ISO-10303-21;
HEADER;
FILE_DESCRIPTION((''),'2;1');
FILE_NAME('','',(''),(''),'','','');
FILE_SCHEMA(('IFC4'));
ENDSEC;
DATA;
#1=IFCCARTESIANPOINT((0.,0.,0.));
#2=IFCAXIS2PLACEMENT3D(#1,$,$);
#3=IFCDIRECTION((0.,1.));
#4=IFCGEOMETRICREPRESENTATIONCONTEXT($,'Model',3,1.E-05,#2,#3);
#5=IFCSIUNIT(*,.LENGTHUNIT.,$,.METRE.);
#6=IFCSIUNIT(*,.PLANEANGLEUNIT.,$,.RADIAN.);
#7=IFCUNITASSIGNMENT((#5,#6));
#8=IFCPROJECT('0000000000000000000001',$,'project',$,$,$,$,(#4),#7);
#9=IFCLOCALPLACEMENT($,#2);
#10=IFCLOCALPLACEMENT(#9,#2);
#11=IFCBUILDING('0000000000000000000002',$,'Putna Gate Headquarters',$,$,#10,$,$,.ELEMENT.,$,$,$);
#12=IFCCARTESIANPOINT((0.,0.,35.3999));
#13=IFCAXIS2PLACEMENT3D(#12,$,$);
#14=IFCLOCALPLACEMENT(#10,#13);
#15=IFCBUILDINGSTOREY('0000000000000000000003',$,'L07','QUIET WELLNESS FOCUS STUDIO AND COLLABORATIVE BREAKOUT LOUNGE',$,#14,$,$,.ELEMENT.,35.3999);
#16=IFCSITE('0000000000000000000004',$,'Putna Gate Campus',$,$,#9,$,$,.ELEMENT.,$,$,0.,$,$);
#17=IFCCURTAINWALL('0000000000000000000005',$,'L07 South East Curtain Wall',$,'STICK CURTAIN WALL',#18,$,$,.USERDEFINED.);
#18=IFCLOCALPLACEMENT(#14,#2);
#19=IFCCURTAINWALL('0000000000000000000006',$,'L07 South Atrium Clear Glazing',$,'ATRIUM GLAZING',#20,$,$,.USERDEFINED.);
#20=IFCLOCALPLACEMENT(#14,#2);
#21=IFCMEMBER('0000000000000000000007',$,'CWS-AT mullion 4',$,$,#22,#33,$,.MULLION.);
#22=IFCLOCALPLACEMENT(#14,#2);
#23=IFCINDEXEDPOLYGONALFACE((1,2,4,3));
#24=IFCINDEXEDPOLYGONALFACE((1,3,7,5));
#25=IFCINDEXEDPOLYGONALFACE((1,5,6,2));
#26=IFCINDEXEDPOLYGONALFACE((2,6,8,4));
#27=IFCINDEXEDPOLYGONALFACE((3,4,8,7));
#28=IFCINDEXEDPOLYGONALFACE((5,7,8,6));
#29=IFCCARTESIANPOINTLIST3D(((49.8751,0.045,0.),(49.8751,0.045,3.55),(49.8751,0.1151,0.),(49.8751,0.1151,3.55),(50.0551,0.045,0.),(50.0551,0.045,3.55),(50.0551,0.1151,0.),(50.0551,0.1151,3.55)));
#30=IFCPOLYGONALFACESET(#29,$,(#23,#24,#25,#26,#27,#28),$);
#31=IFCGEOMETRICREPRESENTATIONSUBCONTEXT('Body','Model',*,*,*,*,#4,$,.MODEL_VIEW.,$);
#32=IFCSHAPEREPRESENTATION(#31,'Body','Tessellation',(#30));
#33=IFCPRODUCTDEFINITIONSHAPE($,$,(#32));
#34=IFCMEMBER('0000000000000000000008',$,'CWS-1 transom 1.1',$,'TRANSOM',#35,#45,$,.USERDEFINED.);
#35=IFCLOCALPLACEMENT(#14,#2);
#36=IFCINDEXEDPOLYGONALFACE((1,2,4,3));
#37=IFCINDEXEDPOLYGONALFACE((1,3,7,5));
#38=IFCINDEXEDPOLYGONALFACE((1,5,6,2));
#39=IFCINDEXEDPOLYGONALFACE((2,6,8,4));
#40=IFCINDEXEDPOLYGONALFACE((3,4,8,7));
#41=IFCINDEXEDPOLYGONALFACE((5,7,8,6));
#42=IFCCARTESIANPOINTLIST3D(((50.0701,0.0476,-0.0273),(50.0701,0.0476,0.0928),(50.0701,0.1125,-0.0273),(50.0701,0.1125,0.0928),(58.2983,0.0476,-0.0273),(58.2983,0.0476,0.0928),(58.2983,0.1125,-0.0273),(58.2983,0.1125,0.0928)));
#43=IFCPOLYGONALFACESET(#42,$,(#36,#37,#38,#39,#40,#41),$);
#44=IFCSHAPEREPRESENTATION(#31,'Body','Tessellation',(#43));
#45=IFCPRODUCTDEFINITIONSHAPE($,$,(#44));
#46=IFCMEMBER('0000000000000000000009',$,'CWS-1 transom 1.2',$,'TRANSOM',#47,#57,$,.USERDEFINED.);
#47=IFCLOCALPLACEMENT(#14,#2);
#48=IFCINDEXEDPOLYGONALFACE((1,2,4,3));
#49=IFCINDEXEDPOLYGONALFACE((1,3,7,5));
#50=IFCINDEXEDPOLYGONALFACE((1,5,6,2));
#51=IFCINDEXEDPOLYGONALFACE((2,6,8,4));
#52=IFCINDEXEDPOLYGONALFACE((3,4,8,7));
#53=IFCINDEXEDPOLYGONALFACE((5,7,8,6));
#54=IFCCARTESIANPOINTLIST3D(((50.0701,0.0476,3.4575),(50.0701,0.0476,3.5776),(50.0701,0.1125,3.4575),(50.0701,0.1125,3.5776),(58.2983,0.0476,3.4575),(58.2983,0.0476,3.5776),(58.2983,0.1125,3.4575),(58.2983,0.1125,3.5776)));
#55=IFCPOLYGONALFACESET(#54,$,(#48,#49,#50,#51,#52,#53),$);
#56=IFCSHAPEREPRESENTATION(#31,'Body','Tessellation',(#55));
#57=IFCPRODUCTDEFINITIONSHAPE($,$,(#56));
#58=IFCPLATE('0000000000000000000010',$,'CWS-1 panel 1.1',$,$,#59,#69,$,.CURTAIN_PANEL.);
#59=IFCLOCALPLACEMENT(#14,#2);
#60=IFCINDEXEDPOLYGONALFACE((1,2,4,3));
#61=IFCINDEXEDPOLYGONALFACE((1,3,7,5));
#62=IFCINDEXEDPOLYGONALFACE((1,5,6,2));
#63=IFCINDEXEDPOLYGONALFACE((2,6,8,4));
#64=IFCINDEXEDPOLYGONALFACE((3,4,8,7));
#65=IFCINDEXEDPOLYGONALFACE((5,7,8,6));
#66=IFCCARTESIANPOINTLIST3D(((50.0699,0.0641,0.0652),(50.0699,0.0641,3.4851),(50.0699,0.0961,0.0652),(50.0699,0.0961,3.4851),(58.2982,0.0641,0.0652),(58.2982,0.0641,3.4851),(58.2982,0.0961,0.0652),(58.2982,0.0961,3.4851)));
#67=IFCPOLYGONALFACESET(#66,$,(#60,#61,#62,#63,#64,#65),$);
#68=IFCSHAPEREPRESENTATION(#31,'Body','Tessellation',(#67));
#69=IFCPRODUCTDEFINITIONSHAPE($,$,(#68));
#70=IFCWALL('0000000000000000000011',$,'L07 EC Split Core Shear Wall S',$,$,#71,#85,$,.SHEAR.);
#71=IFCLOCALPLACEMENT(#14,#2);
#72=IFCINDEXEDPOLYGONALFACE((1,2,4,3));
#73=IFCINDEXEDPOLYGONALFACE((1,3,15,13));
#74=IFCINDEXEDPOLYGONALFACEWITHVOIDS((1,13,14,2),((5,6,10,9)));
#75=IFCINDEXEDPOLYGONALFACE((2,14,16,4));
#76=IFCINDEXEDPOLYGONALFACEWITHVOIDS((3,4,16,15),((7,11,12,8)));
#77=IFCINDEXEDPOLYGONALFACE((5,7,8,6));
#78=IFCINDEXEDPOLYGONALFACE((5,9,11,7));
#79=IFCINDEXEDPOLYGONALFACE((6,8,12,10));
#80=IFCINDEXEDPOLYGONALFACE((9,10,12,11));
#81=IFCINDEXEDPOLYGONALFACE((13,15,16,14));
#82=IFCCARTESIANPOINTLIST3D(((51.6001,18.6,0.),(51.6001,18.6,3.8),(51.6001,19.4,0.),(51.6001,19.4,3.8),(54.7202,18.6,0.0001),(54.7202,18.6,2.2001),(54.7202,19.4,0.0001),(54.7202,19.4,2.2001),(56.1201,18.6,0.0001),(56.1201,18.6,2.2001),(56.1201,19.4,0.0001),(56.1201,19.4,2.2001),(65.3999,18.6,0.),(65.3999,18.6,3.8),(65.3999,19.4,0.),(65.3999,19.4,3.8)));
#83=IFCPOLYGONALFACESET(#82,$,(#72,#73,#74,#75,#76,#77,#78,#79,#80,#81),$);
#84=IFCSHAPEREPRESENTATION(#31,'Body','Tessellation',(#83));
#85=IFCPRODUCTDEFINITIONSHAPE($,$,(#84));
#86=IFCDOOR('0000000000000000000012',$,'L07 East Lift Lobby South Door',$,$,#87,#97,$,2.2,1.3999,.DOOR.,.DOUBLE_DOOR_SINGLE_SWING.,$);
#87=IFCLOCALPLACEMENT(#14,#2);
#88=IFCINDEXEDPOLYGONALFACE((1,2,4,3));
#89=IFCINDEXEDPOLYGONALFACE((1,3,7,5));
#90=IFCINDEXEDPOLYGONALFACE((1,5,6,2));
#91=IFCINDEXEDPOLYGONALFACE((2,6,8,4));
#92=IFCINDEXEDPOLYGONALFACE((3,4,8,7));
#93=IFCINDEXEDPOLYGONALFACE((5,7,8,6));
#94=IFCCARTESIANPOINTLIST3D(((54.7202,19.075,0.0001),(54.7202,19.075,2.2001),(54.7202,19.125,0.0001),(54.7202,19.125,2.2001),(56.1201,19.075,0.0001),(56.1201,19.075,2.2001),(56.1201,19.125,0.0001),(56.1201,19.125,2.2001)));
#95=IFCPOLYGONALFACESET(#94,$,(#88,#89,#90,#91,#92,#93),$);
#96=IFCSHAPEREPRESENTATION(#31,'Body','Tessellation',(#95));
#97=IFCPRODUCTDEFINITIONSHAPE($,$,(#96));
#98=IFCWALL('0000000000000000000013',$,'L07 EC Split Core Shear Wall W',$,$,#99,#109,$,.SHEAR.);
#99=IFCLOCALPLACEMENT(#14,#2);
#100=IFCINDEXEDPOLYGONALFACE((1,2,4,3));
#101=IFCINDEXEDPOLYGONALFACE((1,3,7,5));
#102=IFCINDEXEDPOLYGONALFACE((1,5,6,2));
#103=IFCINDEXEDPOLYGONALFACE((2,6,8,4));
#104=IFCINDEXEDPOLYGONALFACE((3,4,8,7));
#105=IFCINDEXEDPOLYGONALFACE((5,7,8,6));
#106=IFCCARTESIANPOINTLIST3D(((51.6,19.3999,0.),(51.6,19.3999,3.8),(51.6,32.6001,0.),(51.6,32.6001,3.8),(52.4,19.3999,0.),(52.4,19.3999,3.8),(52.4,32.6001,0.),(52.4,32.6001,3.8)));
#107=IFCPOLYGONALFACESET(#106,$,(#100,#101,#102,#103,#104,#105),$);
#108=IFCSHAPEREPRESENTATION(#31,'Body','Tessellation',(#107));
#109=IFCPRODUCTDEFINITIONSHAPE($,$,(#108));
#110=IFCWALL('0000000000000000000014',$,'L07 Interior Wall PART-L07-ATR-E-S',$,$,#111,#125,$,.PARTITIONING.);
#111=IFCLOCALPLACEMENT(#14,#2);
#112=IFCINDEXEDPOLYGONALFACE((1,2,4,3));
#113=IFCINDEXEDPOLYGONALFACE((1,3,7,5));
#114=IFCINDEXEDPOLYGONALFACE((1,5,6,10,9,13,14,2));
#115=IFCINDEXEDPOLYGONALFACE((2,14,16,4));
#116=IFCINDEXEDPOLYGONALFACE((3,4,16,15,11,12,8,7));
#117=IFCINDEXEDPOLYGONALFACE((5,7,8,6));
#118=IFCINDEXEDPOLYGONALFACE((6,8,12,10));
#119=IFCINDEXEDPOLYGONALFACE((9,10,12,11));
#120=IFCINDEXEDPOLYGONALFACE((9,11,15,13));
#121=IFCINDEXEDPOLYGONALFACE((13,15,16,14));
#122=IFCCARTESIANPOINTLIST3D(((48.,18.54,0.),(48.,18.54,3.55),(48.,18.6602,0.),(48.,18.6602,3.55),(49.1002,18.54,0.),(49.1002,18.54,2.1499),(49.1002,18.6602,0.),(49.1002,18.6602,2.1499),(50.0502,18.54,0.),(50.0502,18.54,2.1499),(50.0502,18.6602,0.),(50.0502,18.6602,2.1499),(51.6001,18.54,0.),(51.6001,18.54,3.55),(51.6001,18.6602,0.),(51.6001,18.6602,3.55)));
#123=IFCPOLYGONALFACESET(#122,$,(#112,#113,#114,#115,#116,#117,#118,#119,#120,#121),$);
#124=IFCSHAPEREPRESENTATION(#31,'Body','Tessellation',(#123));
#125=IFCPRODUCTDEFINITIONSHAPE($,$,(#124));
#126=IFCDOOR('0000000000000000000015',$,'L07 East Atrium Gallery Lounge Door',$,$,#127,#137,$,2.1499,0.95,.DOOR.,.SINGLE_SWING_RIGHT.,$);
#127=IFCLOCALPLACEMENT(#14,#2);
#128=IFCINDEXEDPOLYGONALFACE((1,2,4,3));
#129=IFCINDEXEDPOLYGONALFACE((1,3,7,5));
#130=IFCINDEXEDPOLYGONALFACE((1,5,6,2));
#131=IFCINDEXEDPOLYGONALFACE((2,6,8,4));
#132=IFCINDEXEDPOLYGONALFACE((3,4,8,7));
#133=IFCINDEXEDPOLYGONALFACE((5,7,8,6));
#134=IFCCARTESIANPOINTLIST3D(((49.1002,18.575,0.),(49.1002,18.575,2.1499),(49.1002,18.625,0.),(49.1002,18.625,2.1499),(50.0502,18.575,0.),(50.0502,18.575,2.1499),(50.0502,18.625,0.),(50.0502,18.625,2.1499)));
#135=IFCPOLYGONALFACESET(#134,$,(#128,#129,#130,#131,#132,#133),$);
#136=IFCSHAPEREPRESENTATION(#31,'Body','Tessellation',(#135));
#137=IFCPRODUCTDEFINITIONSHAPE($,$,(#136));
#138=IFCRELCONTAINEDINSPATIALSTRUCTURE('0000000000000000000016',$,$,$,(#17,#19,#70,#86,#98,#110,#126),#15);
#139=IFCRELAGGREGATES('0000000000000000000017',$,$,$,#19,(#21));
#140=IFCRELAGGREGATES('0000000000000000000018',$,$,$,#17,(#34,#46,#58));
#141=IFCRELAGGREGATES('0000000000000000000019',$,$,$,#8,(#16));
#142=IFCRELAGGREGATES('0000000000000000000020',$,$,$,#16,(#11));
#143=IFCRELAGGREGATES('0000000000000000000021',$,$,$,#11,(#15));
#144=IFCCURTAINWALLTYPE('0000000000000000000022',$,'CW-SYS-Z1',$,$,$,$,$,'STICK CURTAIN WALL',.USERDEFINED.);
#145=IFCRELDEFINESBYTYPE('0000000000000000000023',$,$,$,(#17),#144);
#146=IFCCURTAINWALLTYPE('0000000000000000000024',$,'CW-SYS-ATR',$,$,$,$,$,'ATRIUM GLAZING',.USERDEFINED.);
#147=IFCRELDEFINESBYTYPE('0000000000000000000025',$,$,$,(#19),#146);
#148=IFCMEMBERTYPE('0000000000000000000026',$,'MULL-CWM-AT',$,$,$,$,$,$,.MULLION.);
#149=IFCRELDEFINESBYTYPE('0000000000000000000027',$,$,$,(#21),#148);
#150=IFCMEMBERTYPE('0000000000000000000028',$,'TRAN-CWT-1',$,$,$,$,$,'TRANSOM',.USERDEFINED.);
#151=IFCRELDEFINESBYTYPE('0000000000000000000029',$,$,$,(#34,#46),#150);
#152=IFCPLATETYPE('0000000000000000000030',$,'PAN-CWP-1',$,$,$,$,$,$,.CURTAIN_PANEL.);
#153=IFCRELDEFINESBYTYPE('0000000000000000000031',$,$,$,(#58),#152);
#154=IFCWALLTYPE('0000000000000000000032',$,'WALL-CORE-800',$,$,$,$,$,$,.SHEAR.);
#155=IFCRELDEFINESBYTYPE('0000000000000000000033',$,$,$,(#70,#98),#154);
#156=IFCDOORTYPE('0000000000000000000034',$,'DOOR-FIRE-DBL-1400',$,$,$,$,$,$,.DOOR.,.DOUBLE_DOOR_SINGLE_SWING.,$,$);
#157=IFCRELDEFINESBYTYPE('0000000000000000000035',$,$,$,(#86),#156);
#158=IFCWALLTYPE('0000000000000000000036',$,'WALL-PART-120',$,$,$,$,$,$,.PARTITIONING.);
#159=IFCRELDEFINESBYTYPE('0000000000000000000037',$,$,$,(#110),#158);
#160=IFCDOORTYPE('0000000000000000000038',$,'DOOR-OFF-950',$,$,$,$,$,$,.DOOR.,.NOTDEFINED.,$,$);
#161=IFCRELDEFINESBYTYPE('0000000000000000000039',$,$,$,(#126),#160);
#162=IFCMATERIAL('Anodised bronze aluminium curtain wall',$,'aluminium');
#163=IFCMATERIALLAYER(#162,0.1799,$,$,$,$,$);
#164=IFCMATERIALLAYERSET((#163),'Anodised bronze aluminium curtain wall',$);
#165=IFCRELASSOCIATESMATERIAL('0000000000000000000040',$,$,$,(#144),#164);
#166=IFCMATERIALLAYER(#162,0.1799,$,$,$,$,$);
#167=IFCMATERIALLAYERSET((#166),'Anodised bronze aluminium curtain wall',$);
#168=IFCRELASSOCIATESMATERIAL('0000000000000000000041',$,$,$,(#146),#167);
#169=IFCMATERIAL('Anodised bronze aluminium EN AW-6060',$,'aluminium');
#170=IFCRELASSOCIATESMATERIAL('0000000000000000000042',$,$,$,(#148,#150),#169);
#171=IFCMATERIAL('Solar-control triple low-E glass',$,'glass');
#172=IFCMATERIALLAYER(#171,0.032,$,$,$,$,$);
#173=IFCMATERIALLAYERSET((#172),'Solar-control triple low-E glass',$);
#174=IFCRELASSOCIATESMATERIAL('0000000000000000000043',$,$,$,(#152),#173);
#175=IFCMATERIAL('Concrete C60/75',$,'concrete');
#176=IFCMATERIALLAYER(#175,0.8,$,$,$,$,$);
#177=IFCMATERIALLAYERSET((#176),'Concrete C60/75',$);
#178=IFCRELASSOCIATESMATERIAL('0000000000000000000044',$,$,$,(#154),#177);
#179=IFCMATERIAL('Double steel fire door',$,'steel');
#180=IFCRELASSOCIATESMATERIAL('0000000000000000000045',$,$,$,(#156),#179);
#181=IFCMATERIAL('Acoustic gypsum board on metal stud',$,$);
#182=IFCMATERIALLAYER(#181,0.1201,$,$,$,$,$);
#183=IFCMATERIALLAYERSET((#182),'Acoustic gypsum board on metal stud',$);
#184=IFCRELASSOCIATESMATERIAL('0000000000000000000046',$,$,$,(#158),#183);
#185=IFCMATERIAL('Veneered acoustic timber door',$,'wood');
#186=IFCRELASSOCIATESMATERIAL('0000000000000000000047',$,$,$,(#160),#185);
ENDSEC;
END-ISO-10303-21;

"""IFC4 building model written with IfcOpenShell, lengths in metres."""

from ifc_helpers import new_model, si_unit, direction, frame, frame_2d, origin, origin_2d, place, context, subcontext, project, spatial, rectangle, extrude, material, layer, layer_set, material_profile, profile_set, type_object, element, fill, aggregate, save


model = new_model("IFC4")

# Units and contexts
model_context = context("Model", 3, precision=1e-05, world=origin(), true_north=direction((0.0, 1.0)))
body_context = subcontext(model_context, "Body", "Model", "MODEL_VIEW")
ifc_project = project(units=[si_unit("LENGTHUNIT", "METRE"), si_unit("PLANEANGLEUNIT", "RADIAN")], contexts=[model_context])

# Site, building, storey
site_placement = place(None, origin())
site = spatial("IfcSite", under=ifc_project, at=site_placement, Name="Putna Gate Campus", CompositionType="ELEMENT", RefElevation=0.0)
building_placement = place(site_placement, origin())
building = spatial("IfcBuilding", under=site, at=building_placement, Name="Putna Gate Headquarters", CompositionType="ELEMENT")
storey_placement = place(building_placement, frame((0.0, 0.0, 35.3999)))
storey = spatial("IfcBuildingStorey", under=building, at=storey_placement, Name="L07", Description="QUIET WELLNESS FOCUS STUDIO AND COLLABORATIVE BREAKOUT LOUNGE", CompositionType="ELEMENT", Elevation=35.3999)

# Shared definitions
ifc_material_1 = material(Name="Concrete C60/75", Category="concrete")

# Curtain walls, member
ifc_material_2 = material(Name="Anodised bronze aluminium curtain wall", Category="aluminium")
ifc_layer_1 = layer(ifc_material_2, 0.1799)
ifc_layer_set_1 = layer_set([ifc_layer_1], Name="Anodised bronze aluminium curtain wall")
curtain_wall_type_1 = type_object("IfcCurtainWallType", Name="CW-SYS-Z1", ElementType="STICK CURTAIN WALL", PredefinedType="USERDEFINED", material=ifc_layer_set_1)
curtain_wall_1_placement = place(storey_placement, origin())
curtain_wall_1 = element("IfcCurtainWall", 1, at=curtain_wall_1_placement, inside=storey, type_object=curtain_wall_type_1, Name="L07 South East Curtain Wall", ObjectType="STICK CURTAIN WALL", PredefinedType="USERDEFINED")
ifc_material_3 = material(Name="Anodised bronze aluminium EN AW-6060", Category="aluminium")
ifc_layer_2 = layer(ifc_material_2, 0.1799)
ifc_layer_set_2 = layer_set([ifc_layer_2], Name="Anodised bronze aluminium curtain wall")
curtain_wall_type_2 = type_object("IfcCurtainWallType", Name="CW-SYS-ATR", ElementType="ATRIUM GLAZING", PredefinedType="USERDEFINED", material=ifc_layer_set_2)
curtain_wall_2_placement = place(storey_placement, origin())
curtain_wall_2 = element("IfcCurtainWall", 2, at=curtain_wall_2_placement, inside=storey, type_object=curtain_wall_type_2, Name="L07 South Atrium Clear Glazing", ObjectType="ATRIUM GLAZING", PredefinedType="USERDEFINED")
ifc_material_profile_1 = material_profile(ifc_material_3, rectangle(XDim=0.0701, YDim=0.1799, at=origin_2d()), Name="Anodised bronze aluminium EN AW-6060")
ifc_profile_set_1 = profile_set([ifc_material_profile_1], Name="Anodised bronze aluminium EN AW-6060")
member_type_1 = type_object("IfcMemberType", Name="MULL-CWM-AT", PredefinedType="MULLION", material=ifc_profile_set_1)
member_1_placement = place(storey_placement, frame((49.9651, 0.0801, 0.0), z_axis=(0.0, 0.0, 1.0), x_axis=(0.0, 1.0, 0.0)))
member_1 = element("IfcMember", 3, at=member_1_placement, type_object=member_type_1, Name="CWS-AT mullion 4", PredefinedType="MULLION", context=body_context, shape_type="SweptSolid", body=[
    extrude(rectangle(XDim=0.0701, YDim=0.1799, at=origin_2d()), origin(), (0.0, 0.0, 1.0), 3.55),
])
aggregate(curtain_wall_2, [member_1])

# Members
ifc_material_profile_2 = material_profile(ifc_material_3, rectangle(XDim=0.0649, YDim=0.1201, at=origin_2d()), Name="Anodised bronze aluminium EN AW-6060")
ifc_profile_set_2 = profile_set([ifc_material_profile_2], Name="Anodised bronze aluminium EN AW-6060")
member_type_2 = type_object("IfcMemberType", Name="TRAN-CWT-1", ElementType="TRANSOM", PredefinedType="USERDEFINED", material=ifc_profile_set_2)
member_2_placement = place(storey_placement, frame((50.0701, 0.0801, 0.0327), z_axis=(1.0, 0.0, 0.0), x_axis=(0.0, 1.0, 0.0)))
member_2 = element("IfcMember", 4, at=member_2_placement, type_object=member_type_2, Name="CWS-1 transom 1.1", ObjectType="TRANSOM", PredefinedType="USERDEFINED", context=body_context, shape_type="SweptSolid", body=[
    extrude(rectangle(XDim=0.0649, YDim=0.1201, at=origin_2d()), origin(), (0.0, 0.0, 1.0), 8.2283),
])
member_3_placement = place(storey_placement, frame((50.0701, 0.0801, 3.5176), z_axis=(1.0, 0.0, 0.0), x_axis=(0.0, 1.0, 0.0)))
member_3 = element("IfcMember", 5, at=member_3_placement, type_object=member_type_2, Name="CWS-1 transom 1.2", ObjectType="TRANSOM", PredefinedType="USERDEFINED", context=body_context, shape_type="SweptSolid", body=[
    extrude(rectangle(XDim=0.0649, YDim=0.1201, at=origin_2d()), origin(), (0.0, 0.0, 1.0), 8.2283),
])

# Plate
ifc_material_4 = material(Name="Solar-control triple low-E glass", Category="glass")
ifc_layer_3 = layer(ifc_material_4, 0.032)
ifc_layer_set_3 = layer_set([ifc_layer_3], Name="Solar-control triple low-E glass")
plate_type = type_object("IfcPlateType", Name="PAN-CWP-1", PredefinedType="CURTAIN_PANEL", material=ifc_layer_set_3)
plate_placement = place(storey_placement, frame((54.1841, 0.0801, 0.0652), z_axis=(0.0, 0.0, 1.0), x_axis=(1.0, 0.0, 0.0)))
plate = element("IfcPlate", 6, at=plate_placement, type_object=plate_type, Name="CWS-1 panel 1.1", PredefinedType="CURTAIN_PANEL", context=body_context, shape_type="SweptSolid", body=[
    extrude(rectangle(XDim=8.2283, YDim=0.032, at=origin_2d()), origin(), (0.0, 0.0, 1.0), 3.4199),
])
aggregate(curtain_wall_1, [member_2, member_3, plate])

# Wall, opening, door
ifc_layer_4 = layer(ifc_material_1, 0.8)
ifc_layer_set_4 = layer_set([ifc_layer_4], Name="Concrete C60/75")
wall_type_1 = type_object("IfcWallType", Name="WALL-CORE-800", PredefinedType="SHEAR", material=ifc_layer_set_4)
wall_1_placement = place(storey_placement, frame((51.6001, 19.0, 0.0), z_axis=(0.0, 0.0, 1.0), x_axis=(1.0, 0.0, 0.0)))
wall_1 = element("IfcWall", 7, at=wall_1_placement, inside=storey, type_object=wall_type_1, Name="L07 EC Split Core Shear Wall S", PredefinedType="SHEAR", context=body_context, shape_type="SweptSolid", body=[
    extrude(rectangle(XDim=13.7998, YDim=0.8, at=frame_2d((6.8999, 0.0))), origin(), (0.0, 0.0, 1.0), 3.8),
])
opening_1_placement = place(wall_1_placement, frame((3.1201, 0.0, 0.0)))
opening_1 = element("IfcOpeningElement", 8, at=opening_1_placement, cuts=wall_1, PredefinedType="OPENING", context=body_context, shape_type="SweptSolid", body=[
    extrude(rectangle(XDim=1.3999, YDim=2.2, at=frame_2d((0.7, 1.1001))), frame((0.0, 0.4099, 0.0), z_axis=(0.0, -1.0, 0.0), x_axis=(1.0, 0.0, 0.0)), (0.0, 0.0, 1.0), 0.8201),
])
ifc_material_5 = material(Name="Double steel fire door", Category="steel")
door_type_1 = type_object("IfcDoorType", Name="DOOR-FIRE-DBL-1400", OperationType="DOUBLE_DOOR_SINGLE_SWING", PredefinedType="DOOR", material=ifc_material_5)
door_1_placement = place(opening_1_placement, origin())
door_1 = element("IfcDoor", 9, at=door_1_placement, inside=storey, type_object=door_type_1, Name="L07 East Lift Lobby South Door", OperationType="DOUBLE_DOOR_SINGLE_SWING", OverallHeight=2.2, OverallWidth=1.3999, PredefinedType="DOOR", context=body_context, shape_type="SweptSolid", body=[
    extrude(rectangle(XDim=1.3999, YDim=2.2, at=frame_2d((0.7, 1.1001))), frame((0.0, 0.125, 0.0), z_axis=(0.0, -1.0, 0.0), x_axis=(1.0, 0.0, 0.0)), (0.0, 0.0, 1.0), 0.05),
])
fill(opening_1, door_1)

# Wall
wall_2_placement = place(storey_placement, frame((52.0, 19.3999, 0.0), z_axis=(0.0, 0.0, 1.0), x_axis=(0.0, 1.0, 0.0)))
element("IfcWall", 10, at=wall_2_placement, inside=storey, type_object=wall_type_1, Name="L07 EC Split Core Shear Wall W", PredefinedType="SHEAR", context=body_context, shape_type="SweptSolid", body=[
    extrude(rectangle(XDim=13.2002, YDim=0.8, at=frame_2d((6.6001, 0.0))), origin(), (0.0, 0.0, 1.0), 3.8),
])

# Wall, opening, door
ifc_material_6 = material(Name="Acoustic gypsum board on metal stud")
ifc_layer_5 = layer(ifc_material_6, 0.1201)
ifc_layer_set_5 = layer_set([ifc_layer_5], Name="Acoustic gypsum board on metal stud")
wall_type_2 = type_object("IfcWallType", Name="WALL-PART-120", PredefinedType="PARTITIONING", material=ifc_layer_set_5)
wall_3_placement = place(storey_placement, frame((48.0, 18.6001, 0.0), z_axis=(0.0, 0.0, 1.0), x_axis=(1.0, 0.0, 0.0)))
wall_3 = element("IfcWall", 11, at=wall_3_placement, inside=storey, type_object=wall_type_2, Name="L07 Interior Wall PART-L07-ATR-E-S", PredefinedType="PARTITIONING", context=body_context, shape_type="SweptSolid", body=[
    extrude(rectangle(XDim=3.6001, YDim=0.1201, at=frame_2d((1.8, 0.0))), origin(), (0.0, 0.0, 1.0), 3.55),
])
opening_2_placement = place(wall_3_placement, frame((1.1001, 0.0, 0.0)))
opening_2 = element("IfcOpeningElement", 12, at=opening_2_placement, cuts=wall_3, PredefinedType="OPENING", context=body_context, shape_type="SweptSolid", body=[
    extrude(rectangle(XDim=0.95, YDim=2.1499, at=frame_2d((0.4751, 1.075))), frame((0.0, 0.0701, 0.0), z_axis=(0.0, -1.0, 0.0), x_axis=(1.0, 0.0, 0.0)), (0.0, 0.0, 1.0), 0.1401),
])
ifc_material_7 = material(Name="Veneered acoustic timber door", Category="wood")
door_type_2 = type_object("IfcDoorType", Name="DOOR-OFF-950", OperationType="NOTDEFINED", PredefinedType="DOOR", material=ifc_material_7)
door_2_placement = place(opening_2_placement, origin())
door_2 = element("IfcDoor", 13, at=door_2_placement, inside=storey, type_object=door_type_2, Name="L07 East Atrium Gallery Lounge Door", OperationType="SINGLE_SWING_RIGHT", OverallHeight=2.1499, OverallWidth=0.95, PredefinedType="DOOR", context=body_context, shape_type="SweptSolid", body=[
    extrude(rectangle(XDim=0.95, YDim=2.1499, at=frame_2d((0.4751, 1.075))), frame((0.0, 0.0249, 0.0), z_axis=(0.0, -1.0, 0.0), x_axis=(1.0, 0.0, 0.0)), (0.0, 0.0, 1.0), 0.05),
])
fill(opening_2, door_2)

save(model, "model.ifc")
